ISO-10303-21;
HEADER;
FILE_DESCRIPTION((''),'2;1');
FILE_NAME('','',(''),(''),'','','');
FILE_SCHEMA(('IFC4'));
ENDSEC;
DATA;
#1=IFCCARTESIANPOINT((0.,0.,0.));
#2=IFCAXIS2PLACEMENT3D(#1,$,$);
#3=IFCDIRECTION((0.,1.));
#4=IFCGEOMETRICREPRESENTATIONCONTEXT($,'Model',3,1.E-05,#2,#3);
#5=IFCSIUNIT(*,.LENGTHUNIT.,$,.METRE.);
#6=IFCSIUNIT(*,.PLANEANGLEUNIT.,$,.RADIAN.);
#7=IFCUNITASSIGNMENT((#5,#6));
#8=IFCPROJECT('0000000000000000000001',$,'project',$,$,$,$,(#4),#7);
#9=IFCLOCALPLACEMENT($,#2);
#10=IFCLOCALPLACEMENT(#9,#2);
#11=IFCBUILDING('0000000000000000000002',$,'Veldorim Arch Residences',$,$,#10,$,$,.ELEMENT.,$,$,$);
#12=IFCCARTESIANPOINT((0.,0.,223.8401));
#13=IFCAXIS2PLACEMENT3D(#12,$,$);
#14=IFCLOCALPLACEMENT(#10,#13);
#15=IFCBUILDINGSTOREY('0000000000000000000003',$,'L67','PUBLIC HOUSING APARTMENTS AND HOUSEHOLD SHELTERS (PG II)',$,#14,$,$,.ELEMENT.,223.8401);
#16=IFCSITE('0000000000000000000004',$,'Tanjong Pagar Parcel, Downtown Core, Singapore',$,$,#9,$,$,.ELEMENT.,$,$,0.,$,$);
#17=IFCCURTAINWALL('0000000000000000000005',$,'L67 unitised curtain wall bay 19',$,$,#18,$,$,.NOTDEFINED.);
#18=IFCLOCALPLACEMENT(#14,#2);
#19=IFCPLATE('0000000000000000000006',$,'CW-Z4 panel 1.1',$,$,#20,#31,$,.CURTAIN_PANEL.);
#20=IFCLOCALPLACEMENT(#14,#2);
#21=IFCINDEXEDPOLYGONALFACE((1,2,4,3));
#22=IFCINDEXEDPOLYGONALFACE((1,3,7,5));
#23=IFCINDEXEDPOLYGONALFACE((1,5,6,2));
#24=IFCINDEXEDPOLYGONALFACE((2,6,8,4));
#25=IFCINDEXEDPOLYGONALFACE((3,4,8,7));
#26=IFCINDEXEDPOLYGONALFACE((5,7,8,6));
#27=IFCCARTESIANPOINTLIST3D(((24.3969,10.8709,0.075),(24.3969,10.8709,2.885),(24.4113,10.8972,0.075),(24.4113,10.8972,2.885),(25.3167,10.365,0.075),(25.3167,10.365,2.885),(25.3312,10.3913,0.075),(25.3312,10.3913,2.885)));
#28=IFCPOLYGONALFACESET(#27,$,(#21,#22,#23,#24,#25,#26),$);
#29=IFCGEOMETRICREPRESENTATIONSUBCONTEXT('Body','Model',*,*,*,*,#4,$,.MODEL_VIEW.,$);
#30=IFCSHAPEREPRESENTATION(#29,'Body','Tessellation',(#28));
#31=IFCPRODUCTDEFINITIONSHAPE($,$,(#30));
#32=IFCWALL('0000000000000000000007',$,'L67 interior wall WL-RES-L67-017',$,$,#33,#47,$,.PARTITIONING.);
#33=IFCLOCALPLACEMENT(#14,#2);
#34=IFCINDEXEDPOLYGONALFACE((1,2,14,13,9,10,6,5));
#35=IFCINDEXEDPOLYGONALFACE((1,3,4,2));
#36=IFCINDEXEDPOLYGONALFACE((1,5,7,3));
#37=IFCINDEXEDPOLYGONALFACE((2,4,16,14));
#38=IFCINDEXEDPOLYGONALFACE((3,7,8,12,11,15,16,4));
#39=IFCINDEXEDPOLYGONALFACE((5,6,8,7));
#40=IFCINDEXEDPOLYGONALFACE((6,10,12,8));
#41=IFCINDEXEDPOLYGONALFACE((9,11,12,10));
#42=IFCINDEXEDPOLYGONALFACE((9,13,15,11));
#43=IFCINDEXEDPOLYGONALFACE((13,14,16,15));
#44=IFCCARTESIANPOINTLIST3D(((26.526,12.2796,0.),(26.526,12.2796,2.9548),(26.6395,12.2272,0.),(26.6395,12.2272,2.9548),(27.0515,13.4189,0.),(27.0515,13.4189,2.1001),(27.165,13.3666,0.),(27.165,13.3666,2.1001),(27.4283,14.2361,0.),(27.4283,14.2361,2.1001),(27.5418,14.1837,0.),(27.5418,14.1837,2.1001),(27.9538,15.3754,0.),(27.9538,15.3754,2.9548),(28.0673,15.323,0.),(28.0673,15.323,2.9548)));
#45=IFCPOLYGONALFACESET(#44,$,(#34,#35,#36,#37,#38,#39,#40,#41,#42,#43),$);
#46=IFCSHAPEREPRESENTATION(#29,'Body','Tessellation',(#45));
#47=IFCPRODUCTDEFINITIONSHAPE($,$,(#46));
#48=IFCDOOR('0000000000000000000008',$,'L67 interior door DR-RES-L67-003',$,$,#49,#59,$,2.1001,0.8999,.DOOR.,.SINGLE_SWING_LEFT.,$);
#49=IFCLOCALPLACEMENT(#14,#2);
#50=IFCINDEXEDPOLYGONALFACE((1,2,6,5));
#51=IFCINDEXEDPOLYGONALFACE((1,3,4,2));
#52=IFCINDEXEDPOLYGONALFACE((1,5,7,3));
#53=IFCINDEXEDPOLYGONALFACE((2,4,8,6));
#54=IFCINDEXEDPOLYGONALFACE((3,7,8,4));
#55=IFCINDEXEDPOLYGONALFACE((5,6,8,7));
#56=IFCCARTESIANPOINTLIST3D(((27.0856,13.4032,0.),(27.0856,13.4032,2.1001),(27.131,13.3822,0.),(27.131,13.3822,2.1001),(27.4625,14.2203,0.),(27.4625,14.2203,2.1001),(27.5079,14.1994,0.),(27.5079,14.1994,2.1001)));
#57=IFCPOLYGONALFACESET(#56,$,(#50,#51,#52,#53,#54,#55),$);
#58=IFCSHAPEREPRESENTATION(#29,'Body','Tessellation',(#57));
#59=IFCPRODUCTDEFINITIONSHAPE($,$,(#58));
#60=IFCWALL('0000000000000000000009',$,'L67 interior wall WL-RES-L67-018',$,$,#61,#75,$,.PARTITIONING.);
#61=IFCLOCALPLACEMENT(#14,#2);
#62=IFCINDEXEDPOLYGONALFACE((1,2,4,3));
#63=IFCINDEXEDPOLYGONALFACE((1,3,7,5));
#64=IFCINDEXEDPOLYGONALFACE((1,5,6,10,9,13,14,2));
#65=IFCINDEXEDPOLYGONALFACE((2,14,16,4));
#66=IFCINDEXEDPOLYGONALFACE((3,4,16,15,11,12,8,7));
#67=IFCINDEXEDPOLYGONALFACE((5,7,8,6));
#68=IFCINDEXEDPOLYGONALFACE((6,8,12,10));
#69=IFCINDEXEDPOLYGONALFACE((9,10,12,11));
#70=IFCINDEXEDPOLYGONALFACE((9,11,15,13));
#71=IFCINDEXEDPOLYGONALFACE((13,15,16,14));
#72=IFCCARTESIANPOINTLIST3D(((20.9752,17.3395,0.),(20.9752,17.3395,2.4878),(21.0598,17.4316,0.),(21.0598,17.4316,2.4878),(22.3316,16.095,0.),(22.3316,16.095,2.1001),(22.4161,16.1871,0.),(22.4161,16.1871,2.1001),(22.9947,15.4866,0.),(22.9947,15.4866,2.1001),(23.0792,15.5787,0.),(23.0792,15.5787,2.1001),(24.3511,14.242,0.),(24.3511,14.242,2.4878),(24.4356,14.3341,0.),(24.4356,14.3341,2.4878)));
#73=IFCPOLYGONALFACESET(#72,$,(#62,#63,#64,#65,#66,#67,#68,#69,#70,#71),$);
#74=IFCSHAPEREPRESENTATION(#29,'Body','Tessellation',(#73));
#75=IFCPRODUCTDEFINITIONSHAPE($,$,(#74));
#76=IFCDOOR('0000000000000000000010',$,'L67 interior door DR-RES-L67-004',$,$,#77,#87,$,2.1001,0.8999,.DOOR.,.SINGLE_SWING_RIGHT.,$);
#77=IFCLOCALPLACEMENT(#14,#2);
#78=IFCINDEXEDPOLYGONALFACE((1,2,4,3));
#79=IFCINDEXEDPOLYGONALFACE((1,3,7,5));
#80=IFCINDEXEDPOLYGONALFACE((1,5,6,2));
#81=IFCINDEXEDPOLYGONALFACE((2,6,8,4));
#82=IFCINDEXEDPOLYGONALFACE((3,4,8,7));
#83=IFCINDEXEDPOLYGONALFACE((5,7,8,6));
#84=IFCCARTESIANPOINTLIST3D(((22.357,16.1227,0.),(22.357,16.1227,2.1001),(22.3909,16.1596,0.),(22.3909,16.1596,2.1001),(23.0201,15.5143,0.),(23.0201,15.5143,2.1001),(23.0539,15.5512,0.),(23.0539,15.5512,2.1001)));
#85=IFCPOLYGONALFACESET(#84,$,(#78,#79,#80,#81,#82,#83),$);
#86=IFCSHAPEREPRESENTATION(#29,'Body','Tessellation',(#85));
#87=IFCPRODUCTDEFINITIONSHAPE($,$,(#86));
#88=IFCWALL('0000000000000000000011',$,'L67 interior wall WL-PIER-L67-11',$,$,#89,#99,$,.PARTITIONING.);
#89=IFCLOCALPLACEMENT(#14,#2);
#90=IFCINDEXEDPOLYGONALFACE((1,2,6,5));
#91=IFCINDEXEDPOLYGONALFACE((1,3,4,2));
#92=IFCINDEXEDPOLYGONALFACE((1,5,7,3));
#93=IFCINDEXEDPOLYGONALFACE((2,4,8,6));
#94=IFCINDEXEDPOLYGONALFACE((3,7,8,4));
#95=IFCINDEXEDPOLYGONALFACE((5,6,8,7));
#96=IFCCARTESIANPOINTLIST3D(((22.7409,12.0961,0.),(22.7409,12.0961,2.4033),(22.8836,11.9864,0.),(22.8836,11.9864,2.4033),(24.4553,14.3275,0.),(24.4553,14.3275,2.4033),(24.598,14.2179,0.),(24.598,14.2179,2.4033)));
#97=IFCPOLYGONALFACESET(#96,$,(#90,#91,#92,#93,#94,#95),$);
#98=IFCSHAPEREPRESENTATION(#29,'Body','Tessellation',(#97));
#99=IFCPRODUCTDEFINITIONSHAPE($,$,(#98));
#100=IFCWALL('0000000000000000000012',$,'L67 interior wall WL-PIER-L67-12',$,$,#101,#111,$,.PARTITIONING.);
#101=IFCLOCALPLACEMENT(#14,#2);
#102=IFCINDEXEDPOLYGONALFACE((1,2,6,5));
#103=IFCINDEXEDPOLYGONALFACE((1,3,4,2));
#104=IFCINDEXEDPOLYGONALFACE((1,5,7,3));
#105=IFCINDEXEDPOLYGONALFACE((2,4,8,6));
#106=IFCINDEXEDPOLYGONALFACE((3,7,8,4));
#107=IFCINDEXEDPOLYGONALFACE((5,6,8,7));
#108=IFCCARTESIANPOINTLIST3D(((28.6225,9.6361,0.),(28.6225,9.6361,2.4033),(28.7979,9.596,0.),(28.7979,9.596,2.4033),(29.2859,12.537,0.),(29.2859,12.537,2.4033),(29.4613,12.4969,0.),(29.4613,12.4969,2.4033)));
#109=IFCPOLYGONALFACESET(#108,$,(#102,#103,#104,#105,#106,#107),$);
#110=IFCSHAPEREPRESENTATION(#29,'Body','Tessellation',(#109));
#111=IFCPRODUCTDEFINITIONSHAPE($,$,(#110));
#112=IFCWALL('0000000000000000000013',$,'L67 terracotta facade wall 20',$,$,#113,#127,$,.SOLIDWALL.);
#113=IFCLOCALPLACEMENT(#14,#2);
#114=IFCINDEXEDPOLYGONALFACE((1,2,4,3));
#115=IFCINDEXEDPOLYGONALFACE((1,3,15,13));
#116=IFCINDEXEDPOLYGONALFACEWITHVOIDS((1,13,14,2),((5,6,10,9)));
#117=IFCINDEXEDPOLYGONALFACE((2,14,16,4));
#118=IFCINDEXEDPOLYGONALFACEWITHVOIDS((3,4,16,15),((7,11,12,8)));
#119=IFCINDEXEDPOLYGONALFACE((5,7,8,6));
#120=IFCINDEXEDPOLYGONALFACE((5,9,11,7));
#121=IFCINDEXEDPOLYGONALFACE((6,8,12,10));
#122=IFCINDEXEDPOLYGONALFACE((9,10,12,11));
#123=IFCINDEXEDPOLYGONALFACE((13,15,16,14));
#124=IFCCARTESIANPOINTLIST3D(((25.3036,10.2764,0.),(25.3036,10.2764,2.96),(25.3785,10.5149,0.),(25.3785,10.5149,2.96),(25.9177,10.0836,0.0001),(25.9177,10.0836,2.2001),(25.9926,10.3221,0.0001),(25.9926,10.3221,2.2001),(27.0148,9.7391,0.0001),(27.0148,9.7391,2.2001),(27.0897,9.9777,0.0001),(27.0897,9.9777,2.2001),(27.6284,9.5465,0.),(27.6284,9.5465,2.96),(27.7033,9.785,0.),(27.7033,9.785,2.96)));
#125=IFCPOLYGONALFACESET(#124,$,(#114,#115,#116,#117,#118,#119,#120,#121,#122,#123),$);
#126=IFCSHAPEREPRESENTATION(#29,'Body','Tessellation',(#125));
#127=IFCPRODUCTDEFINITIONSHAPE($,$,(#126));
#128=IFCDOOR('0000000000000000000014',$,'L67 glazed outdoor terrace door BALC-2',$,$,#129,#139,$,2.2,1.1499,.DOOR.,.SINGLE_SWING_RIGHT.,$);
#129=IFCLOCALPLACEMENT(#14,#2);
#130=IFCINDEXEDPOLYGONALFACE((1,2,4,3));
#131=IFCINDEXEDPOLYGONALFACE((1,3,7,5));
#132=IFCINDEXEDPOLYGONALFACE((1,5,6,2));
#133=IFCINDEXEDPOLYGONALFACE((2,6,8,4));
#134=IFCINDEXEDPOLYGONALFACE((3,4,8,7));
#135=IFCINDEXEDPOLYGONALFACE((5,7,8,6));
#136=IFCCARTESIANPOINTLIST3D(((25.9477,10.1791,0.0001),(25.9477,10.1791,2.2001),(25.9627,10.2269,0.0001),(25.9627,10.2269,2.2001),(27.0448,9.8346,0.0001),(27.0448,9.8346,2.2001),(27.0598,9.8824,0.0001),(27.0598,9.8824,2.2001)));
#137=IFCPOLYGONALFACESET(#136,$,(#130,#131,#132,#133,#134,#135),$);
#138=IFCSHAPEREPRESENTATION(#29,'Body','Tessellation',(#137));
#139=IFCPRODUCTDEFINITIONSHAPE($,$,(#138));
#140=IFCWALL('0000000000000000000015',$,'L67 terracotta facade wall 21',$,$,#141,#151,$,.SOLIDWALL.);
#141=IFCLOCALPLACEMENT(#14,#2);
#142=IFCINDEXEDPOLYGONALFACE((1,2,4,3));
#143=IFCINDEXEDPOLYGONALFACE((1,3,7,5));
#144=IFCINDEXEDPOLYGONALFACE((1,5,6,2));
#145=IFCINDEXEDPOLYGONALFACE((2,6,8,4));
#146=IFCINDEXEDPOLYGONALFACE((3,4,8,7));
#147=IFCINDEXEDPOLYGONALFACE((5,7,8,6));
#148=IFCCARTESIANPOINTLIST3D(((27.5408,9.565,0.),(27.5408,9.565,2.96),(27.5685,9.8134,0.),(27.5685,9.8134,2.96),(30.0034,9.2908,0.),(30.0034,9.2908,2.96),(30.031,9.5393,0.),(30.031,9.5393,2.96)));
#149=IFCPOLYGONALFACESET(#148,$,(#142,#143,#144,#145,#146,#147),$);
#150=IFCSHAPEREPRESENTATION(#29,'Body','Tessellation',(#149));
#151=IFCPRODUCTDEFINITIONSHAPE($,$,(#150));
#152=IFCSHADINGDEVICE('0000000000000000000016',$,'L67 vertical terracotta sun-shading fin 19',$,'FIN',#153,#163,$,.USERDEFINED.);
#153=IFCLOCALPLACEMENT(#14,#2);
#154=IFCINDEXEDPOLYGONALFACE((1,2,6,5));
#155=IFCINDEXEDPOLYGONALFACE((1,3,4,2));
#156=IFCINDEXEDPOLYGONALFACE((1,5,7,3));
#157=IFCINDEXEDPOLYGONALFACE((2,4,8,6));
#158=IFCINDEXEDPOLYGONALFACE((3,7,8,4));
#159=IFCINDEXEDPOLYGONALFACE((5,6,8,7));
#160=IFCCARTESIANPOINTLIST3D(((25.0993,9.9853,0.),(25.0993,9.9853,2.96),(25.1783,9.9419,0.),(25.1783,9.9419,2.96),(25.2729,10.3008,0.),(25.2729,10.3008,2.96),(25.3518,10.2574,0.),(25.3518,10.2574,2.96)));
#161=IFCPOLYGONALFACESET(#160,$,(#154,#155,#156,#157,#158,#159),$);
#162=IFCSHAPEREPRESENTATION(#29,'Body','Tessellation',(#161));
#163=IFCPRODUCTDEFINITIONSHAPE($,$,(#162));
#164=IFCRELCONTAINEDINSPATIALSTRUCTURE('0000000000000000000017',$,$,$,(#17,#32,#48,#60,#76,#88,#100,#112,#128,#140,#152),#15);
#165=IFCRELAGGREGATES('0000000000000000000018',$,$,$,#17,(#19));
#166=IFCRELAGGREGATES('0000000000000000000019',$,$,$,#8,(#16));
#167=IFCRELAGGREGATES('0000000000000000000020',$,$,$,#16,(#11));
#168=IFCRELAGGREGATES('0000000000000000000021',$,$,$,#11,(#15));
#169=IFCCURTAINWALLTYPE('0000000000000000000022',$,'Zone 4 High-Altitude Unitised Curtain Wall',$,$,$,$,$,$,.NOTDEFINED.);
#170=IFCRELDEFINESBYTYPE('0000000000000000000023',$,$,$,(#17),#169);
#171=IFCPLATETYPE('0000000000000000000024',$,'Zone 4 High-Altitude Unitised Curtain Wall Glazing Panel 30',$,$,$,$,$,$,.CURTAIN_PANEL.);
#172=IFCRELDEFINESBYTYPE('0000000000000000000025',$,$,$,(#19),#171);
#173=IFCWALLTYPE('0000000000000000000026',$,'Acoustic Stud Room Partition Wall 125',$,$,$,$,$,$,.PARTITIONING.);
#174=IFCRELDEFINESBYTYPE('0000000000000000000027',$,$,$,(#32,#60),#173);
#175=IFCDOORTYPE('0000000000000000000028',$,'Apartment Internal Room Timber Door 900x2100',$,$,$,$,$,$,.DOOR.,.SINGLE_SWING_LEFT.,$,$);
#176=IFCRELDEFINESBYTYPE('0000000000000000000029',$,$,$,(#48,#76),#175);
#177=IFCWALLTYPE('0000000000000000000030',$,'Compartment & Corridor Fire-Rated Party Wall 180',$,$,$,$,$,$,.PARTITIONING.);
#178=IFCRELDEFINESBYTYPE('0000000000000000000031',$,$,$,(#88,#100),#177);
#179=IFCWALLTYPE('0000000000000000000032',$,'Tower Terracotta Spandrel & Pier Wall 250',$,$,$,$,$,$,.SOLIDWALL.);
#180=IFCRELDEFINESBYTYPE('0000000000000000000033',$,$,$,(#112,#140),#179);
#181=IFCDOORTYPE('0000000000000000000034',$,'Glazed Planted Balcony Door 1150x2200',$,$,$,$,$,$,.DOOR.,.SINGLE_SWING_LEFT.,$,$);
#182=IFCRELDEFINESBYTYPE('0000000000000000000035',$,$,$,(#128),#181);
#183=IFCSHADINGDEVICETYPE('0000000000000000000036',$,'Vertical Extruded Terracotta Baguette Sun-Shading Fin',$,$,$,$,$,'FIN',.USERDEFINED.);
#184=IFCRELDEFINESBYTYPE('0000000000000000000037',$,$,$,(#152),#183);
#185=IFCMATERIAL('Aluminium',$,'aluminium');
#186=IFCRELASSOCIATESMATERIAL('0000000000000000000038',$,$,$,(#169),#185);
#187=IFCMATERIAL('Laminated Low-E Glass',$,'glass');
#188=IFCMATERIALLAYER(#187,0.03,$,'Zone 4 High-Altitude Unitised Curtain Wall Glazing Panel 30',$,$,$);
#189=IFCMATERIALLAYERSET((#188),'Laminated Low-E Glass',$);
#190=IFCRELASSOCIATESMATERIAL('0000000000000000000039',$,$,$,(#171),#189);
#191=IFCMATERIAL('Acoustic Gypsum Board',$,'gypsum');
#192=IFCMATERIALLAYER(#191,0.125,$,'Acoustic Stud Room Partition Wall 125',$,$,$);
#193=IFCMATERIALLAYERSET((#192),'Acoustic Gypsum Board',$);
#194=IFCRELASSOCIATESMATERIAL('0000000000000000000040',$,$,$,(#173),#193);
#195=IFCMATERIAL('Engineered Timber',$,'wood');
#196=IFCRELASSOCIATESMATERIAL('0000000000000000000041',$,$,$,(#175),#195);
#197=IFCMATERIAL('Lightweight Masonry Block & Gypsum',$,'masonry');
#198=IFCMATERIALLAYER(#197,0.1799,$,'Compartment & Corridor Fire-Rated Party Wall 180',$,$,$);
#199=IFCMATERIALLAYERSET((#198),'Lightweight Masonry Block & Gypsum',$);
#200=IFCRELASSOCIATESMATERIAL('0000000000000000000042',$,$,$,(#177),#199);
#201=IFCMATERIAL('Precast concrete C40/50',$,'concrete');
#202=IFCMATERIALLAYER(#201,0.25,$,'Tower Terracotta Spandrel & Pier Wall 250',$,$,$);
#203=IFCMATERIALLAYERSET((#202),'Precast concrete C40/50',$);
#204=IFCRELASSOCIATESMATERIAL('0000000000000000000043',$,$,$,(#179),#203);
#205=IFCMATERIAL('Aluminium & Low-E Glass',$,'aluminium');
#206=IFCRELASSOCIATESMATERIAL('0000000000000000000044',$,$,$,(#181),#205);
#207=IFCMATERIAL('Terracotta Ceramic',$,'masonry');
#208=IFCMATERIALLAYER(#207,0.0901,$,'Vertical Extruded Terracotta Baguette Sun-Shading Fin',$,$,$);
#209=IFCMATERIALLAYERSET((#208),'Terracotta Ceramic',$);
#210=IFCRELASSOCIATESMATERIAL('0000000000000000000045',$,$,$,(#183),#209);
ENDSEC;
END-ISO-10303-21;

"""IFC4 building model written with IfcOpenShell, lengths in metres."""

from ifc_helpers import new_model, si_unit, direction, frame, frame_2d, origin, origin_2d, place, context, subcontext, project, spatial, rectangle, extrude, material, layer, layer_set, type_object, element, fill, aggregate, save


model = new_model("IFC4")

# Units and contexts
model_context = context("Model", 3, precision=1e-05, world=origin(), true_north=direction((0.0, 1.0)))
body_context = subcontext(model_context, "Body", "Model", "MODEL_VIEW")
ifc_project = project(units=[si_unit("LENGTHUNIT", "METRE"), si_unit("PLANEANGLEUNIT", "RADIAN")], contexts=[model_context])

# Site, building, storey
site_placement = place(None, origin())
site = spatial("IfcSite", under=ifc_project, at=site_placement, Name="Tanjong Pagar Parcel, Downtown Core, Singapore", CompositionType="ELEMENT", RefElevation=0.0)
building_placement = place(site_placement, origin())
building = spatial("IfcBuilding", under=site, at=building_placement, Name="Veldorim Arch Residences", CompositionType="ELEMENT")
storey_placement = place(building_placement, frame((0.0, 0.0, 223.8401)))
storey = spatial("IfcBuildingStorey", under=building, at=storey_placement, Name="L67", Description="PUBLIC HOUSING APARTMENTS AND HOUSEHOLD SHELTERS (PG II)", CompositionType="ELEMENT", Elevation=223.8401)

# Curtain wall, plate
ifc_material_1 = material(Name="Aluminium", Category="aluminium")
curtain_wall_type = type_object("IfcCurtainWallType", Name="Zone 4 High-Altitude Unitised Curtain Wall", PredefinedType="NOTDEFINED", material=ifc_material_1)
curtain_wall_placement = place(storey_placement, origin())
curtain_wall = element("IfcCurtainWall", 1, at=curtain_wall_placement, inside=storey, type_object=curtain_wall_type, Name="L67 unitised curtain wall bay 19", PredefinedType="NOTDEFINED")
ifc_material_2 = material(Name="Laminated Low-E Glass", Category="glass")
ifc_layer_1 = layer(ifc_material_2, 0.03, Name="Zone 4 High-Altitude Unitised Curtain Wall Glazing Panel 30")
ifc_layer_set_1 = layer_set([ifc_layer_1], Name="Laminated Low-E Glass")
plate_type = type_object("IfcPlateType", Name="Zone 4 High-Altitude Unitised Curtain Wall Glazing Panel 30", PredefinedType="CURTAIN_PANEL", material=ifc_layer_set_1)
plate_placement = place(storey_placement, frame((24.864, 10.6311, 0.075), z_axis=(0.0, 0.0, 1.0), x_axis=(-0.876197, 0.481953, 0.0)))
plate = element("IfcPlate", 2, at=plate_placement, type_object=plate_type, Name="CW-Z4 panel 1.1", PredefinedType="CURTAIN_PANEL", context=body_context, shape_type="SweptSolid", body=[
    extrude(rectangle(XDim=1.0498, YDim=0.03, at=origin_2d()), origin(), (0.0, 0.0, 1.0), 2.8101),
])
aggregate(curtain_wall, [plate])

# Walls, openings, doors
ifc_material_3 = material(Name="Acoustic Gypsum Board", Category="gypsum")
ifc_layer_2 = layer(ifc_material_3, 0.125, Name="Acoustic Stud Room Partition Wall 125")
ifc_layer_set_2 = layer_set([ifc_layer_2], Name="Acoustic Gypsum Board")
wall_type_1 = type_object("IfcWallType", Name="Acoustic Stud Room Partition Wall 125", PredefinedType="PARTITIONING", material=ifc_layer_set_2)
wall_1_placement = place(storey_placement, frame((26.5828, 12.2534, 0.0), z_axis=(0.0, 0.0, 1.0), x_axis=(0.418804, 0.908077, 0.0)))
wall_1 = element("IfcWall", 3, at=wall_1_placement, inside=storey, type_object=wall_type_1, Name="L67 interior wall WL-RES-L67-017", PredefinedType="PARTITIONING", context=body_context, shape_type="SweptSolid", body=[
    extrude(rectangle(XDim=3.4092, YDim=0.125, at=frame_2d((1.7046, 0.0))), origin(), (0.0, 0.0, 1.0), 2.9548),
])
opening_1_placement = place(wall_1_placement, frame((1.2546, 0.0, 0.0)))
opening_1 = element("IfcOpeningElement", 4, at=opening_1_placement, cuts=wall_1, PredefinedType="OPENING", context=body_context, shape_type="SweptSolid", body=[
    extrude(rectangle(XDim=0.8999, YDim=2.1001, at=frame_2d((0.45, 1.05))), frame((0.0, 0.0725, 0.0), z_axis=(0.0, -1.0, 0.0), x_axis=(1.0, 0.0, 0.0)), (0.0, 0.0, 1.0), 0.145),
])
ifc_material_4 = material(Name="Engineered Timber", Category="wood")
door_type_1 = type_object("IfcDoorType", Name="Apartment Internal Room Timber Door 900x2100", OperationType="SINGLE_SWING_LEFT", PredefinedType="DOOR", material=ifc_material_4)
door_1_placement = place(opening_1_placement, origin())
door_1 = element("IfcDoor", 5, at=door_1_placement, inside=storey, type_object=door_type_1, Name="L67 interior door DR-RES-L67-003", OperationType="SINGLE_SWING_LEFT", OverallHeight=2.1001, OverallWidth=0.8999, PredefinedType="DOOR", context=body_context, shape_type="SweptSolid", body=[
    extrude(rectangle(XDim=0.8999, YDim=2.1001, at=frame_2d((0.45, 1.05))), frame((0.0, 0.0249, 0.0), z_axis=(0.0, -1.0, 0.0), x_axis=(1.0, 0.0, 0.0)), (0.0, 0.0, 1.0), 0.05),
])
fill(opening_1, door_1)
wall_2_placement = place(storey_placement, frame((24.3933, 14.2881, 0.0), z_axis=(0.0, 0.0, 1.0), x_axis=(-0.736829, 0.676079, 0.0)))
wall_2 = element("IfcWall", 6, at=wall_2_placement, inside=storey, type_object=wall_type_1, Name="L67 interior wall WL-RES-L67-018", PredefinedType="PARTITIONING", context=body_context, shape_type="SweptSolid", body=[
    extrude(rectangle(XDim=4.5815, YDim=0.125, at=frame_2d((2.2908, 0.0))), origin(), (0.0, 0.0, 1.0), 2.4878),
])
opening_2_placement = place(wall_2_placement, frame((1.8408, 0.0, 0.0)))
opening_2 = element("IfcOpeningElement", 7, at=opening_2_placement, cuts=wall_2, PredefinedType="OPENING", context=body_context, shape_type="SweptSolid", body=[
    extrude(rectangle(XDim=0.8999, YDim=2.1001, at=frame_2d((0.45, 1.05))), frame((0.0, 0.0725, 0.0), z_axis=(0.0, -1.0, 0.0), x_axis=(1.0, 0.0, 0.0)), (0.0, 0.0, 1.0), 0.145),
])
door_2_placement = place(opening_2_placement, origin())
door_2 = element("IfcDoor", 8, at=door_2_placement, inside=storey, type_object=door_type_1, Name="L67 interior door DR-RES-L67-004", OperationType="SINGLE_SWING_RIGHT", OverallHeight=2.1001, OverallWidth=0.8999, PredefinedType="DOOR", context=body_context, shape_type="SweptSolid", body=[
    extrude(rectangle(XDim=0.8999, YDim=2.1001, at=frame_2d((0.45, 1.05))), frame((0.0, 0.0249, 0.0), z_axis=(0.0, -1.0, 0.0), x_axis=(1.0, 0.0, 0.0)), (0.0, 0.0, 1.0), 0.05),
])
fill(opening_2, door_2)

# Walls
ifc_material_5 = material(Name="Lightweight Masonry Block & Gypsum", Category="masonry")
ifc_layer_3 = layer(ifc_material_5, 0.1799, Name="Compartment & Corridor Fire-Rated Party Wall 180")
ifc_layer_set_3 = layer_set([ifc_layer_3], Name="Lightweight Masonry Block & Gypsum")
wall_type_2 = type_object("IfcWallType", Name="Compartment & Corridor Fire-Rated Party Wall 180", PredefinedType="PARTITIONING", material=ifc_layer_set_3)
wall_3_placement = place(storey_placement, frame((24.5266, 14.2727, 0.0), z_axis=(0.0, 0.0, 1.0), x_axis=(-0.609233, -0.792992, 0.0)))
element("IfcWall", 9, at=wall_3_placement, inside=storey, type_object=wall_type_2, Name="L67 interior wall WL-PIER-L67-11", PredefinedType="PARTITIONING", context=body_context, shape_type="SweptSolid", body=[
    extrude(rectangle(XDim=2.814, YDim=0.1799, at=frame_2d((1.407, 0.0))), origin(), (0.0, 0.0, 1.0), 2.4033),
])
wall_4_placement = place(storey_placement, frame((29.3735, 12.5168, 0.0), z_axis=(0.0, 0.0, 1.0), x_axis=(-0.222912, -0.974839, 0.0)))
element("IfcWall", 10, at=wall_4_placement, inside=storey, type_object=wall_type_2, Name="L67 interior wall WL-PIER-L67-12", PredefinedType="PARTITIONING", context=body_context, shape_type="SweptSolid", body=[
    extrude(rectangle(XDim=2.9758, YDim=0.1799, at=frame_2d((1.4878, 0.0))), origin(), (0.0, 0.0, 1.0), 2.4033),
])

# Wall, opening, door
ifc_material_6 = material(Name="Precast concrete C40/50", Category="concrete")
ifc_layer_4 = layer(ifc_material_6, 0.25, Name="Tower Terracotta Spandrel & Pier Wall 250")
ifc_layer_set_4 = layer_set([ifc_layer_4], Name="Precast concrete C40/50")
wall_type_3 = type_object("IfcWallType", Name="Tower Terracotta Spandrel & Pier Wall 250", PredefinedType="SOLIDWALL", material=ifc_layer_set_4)
wall_5_placement = place(storey_placement, frame((27.6658, 9.6658, 0.0), z_axis=(0.0, 0.0, 1.0), x_axis=(-0.954078, 0.299558, 0.0)))
wall_5 = element("IfcWall", 11, at=wall_5_placement, inside=storey, type_object=wall_type_3, Name="L67 terracotta facade wall 20", PredefinedType="SOLIDWALL", context=body_context, shape_type="SweptSolid", body=[
    extrude(rectangle(XDim=2.4368, YDim=0.25, at=frame_2d((1.2183, 0.0))), origin(), (0.0, 0.0, 1.0), 2.96),
])
opening_3_placement = place(wall_5_placement, frame((0.6431, 0.0, 0.0)))
opening_3 = element("IfcOpeningElement", 12, at=opening_3_placement, cuts=wall_5, PredefinedType="OPENING", context=body_context, shape_type="SweptSolid", body=[
    extrude(rectangle(XDim=1.1499, YDim=2.2, at=frame_2d((0.575, 1.1001))), frame((0.0, 0.135, 0.0), z_axis=(0.0, -1.0, 0.0), x_axis=(1.0, 0.0, 0.0)), (0.0, 0.0, 1.0), 0.27),
])
ifc_material_7 = material(Name="Aluminium & Low-E Glass", Category="aluminium")
door_type_2 = type_object("IfcDoorType", Name="Glazed Planted Balcony Door 1150x2200", OperationType="SINGLE_SWING_LEFT", PredefinedType="DOOR", material=ifc_material_7)
door_3_placement = place(opening_3_placement, origin())
door_3 = element("IfcDoor", 13, at=door_3_placement, inside=storey, type_object=door_type_2, Name="L67 glazed outdoor terrace door BALC-2", OperationType="SINGLE_SWING_RIGHT", OverallHeight=2.2, OverallWidth=1.1499, PredefinedType="DOOR", context=body_context, shape_type="SweptSolid", body=[
    extrude(rectangle(XDim=1.1499, YDim=2.2, at=frame_2d((0.575, 1.1001))), frame((0.0, 0.0249, 0.0), z_axis=(0.0, -1.0, 0.0), x_axis=(1.0, 0.0, 0.0)), (0.0, 0.0, 1.0), 0.05),
])
fill(opening_3, door_3)

# Wall
wall_6_placement = place(storey_placement, frame((30.0171, 9.415, 0.0), z_axis=(0.0, 0.0, 1.0), x_axis=(-0.99386, 0.110648, 0.0)))
element("IfcWall", 14, at=wall_6_placement, inside=storey, type_object=wall_type_3, Name="L67 terracotta facade wall 21", PredefinedType="SOLIDWALL", context=body_context, shape_type="SweptSolid", body=[
    extrude(rectangle(XDim=2.4778, YDim=0.25, at=frame_2d((1.2388, 0.0))), origin(), (0.0, 0.0, 1.0), 2.96),
])

# Shading device
ifc_material_8 = material(Name="Terracotta Ceramic", Category="masonry")
ifc_layer_5 = layer(ifc_material_8, 0.0901, Name="Vertical Extruded Terracotta Baguette Sun-Shading Fin")
ifc_layer_set_5 = layer_set([ifc_layer_5], Name="Terracotta Ceramic")
shading_device_type = type_object("IfcShadingDeviceType", Name="Vertical Extruded Terracotta Baguette Sun-Shading Fin", ElementType="FIN", PredefinedType="USERDEFINED", material=ifc_layer_set_5)
shading_device_placement = place(storey_placement, frame((25.2256, 10.1213, 0.0), z_axis=(0.0, 0.0, 1.0), x_axis=(-0.876223, 0.481907, 0.0)))
element("IfcShadingDevice", 15, at=shading_device_placement, inside=storey, type_object=shading_device_type, Name="L67 vertical terracotta sun-shading fin 19", ObjectType="FIN", PredefinedType="USERDEFINED", context=body_context, shape_type="SweptSolid", body=[
    extrude(rectangle(XDim=0.0901, YDim=0.3601, at=origin_2d()), origin(), (0.0, 0.0, 1.0), 2.96),
])

save(model, "model.ifc")
